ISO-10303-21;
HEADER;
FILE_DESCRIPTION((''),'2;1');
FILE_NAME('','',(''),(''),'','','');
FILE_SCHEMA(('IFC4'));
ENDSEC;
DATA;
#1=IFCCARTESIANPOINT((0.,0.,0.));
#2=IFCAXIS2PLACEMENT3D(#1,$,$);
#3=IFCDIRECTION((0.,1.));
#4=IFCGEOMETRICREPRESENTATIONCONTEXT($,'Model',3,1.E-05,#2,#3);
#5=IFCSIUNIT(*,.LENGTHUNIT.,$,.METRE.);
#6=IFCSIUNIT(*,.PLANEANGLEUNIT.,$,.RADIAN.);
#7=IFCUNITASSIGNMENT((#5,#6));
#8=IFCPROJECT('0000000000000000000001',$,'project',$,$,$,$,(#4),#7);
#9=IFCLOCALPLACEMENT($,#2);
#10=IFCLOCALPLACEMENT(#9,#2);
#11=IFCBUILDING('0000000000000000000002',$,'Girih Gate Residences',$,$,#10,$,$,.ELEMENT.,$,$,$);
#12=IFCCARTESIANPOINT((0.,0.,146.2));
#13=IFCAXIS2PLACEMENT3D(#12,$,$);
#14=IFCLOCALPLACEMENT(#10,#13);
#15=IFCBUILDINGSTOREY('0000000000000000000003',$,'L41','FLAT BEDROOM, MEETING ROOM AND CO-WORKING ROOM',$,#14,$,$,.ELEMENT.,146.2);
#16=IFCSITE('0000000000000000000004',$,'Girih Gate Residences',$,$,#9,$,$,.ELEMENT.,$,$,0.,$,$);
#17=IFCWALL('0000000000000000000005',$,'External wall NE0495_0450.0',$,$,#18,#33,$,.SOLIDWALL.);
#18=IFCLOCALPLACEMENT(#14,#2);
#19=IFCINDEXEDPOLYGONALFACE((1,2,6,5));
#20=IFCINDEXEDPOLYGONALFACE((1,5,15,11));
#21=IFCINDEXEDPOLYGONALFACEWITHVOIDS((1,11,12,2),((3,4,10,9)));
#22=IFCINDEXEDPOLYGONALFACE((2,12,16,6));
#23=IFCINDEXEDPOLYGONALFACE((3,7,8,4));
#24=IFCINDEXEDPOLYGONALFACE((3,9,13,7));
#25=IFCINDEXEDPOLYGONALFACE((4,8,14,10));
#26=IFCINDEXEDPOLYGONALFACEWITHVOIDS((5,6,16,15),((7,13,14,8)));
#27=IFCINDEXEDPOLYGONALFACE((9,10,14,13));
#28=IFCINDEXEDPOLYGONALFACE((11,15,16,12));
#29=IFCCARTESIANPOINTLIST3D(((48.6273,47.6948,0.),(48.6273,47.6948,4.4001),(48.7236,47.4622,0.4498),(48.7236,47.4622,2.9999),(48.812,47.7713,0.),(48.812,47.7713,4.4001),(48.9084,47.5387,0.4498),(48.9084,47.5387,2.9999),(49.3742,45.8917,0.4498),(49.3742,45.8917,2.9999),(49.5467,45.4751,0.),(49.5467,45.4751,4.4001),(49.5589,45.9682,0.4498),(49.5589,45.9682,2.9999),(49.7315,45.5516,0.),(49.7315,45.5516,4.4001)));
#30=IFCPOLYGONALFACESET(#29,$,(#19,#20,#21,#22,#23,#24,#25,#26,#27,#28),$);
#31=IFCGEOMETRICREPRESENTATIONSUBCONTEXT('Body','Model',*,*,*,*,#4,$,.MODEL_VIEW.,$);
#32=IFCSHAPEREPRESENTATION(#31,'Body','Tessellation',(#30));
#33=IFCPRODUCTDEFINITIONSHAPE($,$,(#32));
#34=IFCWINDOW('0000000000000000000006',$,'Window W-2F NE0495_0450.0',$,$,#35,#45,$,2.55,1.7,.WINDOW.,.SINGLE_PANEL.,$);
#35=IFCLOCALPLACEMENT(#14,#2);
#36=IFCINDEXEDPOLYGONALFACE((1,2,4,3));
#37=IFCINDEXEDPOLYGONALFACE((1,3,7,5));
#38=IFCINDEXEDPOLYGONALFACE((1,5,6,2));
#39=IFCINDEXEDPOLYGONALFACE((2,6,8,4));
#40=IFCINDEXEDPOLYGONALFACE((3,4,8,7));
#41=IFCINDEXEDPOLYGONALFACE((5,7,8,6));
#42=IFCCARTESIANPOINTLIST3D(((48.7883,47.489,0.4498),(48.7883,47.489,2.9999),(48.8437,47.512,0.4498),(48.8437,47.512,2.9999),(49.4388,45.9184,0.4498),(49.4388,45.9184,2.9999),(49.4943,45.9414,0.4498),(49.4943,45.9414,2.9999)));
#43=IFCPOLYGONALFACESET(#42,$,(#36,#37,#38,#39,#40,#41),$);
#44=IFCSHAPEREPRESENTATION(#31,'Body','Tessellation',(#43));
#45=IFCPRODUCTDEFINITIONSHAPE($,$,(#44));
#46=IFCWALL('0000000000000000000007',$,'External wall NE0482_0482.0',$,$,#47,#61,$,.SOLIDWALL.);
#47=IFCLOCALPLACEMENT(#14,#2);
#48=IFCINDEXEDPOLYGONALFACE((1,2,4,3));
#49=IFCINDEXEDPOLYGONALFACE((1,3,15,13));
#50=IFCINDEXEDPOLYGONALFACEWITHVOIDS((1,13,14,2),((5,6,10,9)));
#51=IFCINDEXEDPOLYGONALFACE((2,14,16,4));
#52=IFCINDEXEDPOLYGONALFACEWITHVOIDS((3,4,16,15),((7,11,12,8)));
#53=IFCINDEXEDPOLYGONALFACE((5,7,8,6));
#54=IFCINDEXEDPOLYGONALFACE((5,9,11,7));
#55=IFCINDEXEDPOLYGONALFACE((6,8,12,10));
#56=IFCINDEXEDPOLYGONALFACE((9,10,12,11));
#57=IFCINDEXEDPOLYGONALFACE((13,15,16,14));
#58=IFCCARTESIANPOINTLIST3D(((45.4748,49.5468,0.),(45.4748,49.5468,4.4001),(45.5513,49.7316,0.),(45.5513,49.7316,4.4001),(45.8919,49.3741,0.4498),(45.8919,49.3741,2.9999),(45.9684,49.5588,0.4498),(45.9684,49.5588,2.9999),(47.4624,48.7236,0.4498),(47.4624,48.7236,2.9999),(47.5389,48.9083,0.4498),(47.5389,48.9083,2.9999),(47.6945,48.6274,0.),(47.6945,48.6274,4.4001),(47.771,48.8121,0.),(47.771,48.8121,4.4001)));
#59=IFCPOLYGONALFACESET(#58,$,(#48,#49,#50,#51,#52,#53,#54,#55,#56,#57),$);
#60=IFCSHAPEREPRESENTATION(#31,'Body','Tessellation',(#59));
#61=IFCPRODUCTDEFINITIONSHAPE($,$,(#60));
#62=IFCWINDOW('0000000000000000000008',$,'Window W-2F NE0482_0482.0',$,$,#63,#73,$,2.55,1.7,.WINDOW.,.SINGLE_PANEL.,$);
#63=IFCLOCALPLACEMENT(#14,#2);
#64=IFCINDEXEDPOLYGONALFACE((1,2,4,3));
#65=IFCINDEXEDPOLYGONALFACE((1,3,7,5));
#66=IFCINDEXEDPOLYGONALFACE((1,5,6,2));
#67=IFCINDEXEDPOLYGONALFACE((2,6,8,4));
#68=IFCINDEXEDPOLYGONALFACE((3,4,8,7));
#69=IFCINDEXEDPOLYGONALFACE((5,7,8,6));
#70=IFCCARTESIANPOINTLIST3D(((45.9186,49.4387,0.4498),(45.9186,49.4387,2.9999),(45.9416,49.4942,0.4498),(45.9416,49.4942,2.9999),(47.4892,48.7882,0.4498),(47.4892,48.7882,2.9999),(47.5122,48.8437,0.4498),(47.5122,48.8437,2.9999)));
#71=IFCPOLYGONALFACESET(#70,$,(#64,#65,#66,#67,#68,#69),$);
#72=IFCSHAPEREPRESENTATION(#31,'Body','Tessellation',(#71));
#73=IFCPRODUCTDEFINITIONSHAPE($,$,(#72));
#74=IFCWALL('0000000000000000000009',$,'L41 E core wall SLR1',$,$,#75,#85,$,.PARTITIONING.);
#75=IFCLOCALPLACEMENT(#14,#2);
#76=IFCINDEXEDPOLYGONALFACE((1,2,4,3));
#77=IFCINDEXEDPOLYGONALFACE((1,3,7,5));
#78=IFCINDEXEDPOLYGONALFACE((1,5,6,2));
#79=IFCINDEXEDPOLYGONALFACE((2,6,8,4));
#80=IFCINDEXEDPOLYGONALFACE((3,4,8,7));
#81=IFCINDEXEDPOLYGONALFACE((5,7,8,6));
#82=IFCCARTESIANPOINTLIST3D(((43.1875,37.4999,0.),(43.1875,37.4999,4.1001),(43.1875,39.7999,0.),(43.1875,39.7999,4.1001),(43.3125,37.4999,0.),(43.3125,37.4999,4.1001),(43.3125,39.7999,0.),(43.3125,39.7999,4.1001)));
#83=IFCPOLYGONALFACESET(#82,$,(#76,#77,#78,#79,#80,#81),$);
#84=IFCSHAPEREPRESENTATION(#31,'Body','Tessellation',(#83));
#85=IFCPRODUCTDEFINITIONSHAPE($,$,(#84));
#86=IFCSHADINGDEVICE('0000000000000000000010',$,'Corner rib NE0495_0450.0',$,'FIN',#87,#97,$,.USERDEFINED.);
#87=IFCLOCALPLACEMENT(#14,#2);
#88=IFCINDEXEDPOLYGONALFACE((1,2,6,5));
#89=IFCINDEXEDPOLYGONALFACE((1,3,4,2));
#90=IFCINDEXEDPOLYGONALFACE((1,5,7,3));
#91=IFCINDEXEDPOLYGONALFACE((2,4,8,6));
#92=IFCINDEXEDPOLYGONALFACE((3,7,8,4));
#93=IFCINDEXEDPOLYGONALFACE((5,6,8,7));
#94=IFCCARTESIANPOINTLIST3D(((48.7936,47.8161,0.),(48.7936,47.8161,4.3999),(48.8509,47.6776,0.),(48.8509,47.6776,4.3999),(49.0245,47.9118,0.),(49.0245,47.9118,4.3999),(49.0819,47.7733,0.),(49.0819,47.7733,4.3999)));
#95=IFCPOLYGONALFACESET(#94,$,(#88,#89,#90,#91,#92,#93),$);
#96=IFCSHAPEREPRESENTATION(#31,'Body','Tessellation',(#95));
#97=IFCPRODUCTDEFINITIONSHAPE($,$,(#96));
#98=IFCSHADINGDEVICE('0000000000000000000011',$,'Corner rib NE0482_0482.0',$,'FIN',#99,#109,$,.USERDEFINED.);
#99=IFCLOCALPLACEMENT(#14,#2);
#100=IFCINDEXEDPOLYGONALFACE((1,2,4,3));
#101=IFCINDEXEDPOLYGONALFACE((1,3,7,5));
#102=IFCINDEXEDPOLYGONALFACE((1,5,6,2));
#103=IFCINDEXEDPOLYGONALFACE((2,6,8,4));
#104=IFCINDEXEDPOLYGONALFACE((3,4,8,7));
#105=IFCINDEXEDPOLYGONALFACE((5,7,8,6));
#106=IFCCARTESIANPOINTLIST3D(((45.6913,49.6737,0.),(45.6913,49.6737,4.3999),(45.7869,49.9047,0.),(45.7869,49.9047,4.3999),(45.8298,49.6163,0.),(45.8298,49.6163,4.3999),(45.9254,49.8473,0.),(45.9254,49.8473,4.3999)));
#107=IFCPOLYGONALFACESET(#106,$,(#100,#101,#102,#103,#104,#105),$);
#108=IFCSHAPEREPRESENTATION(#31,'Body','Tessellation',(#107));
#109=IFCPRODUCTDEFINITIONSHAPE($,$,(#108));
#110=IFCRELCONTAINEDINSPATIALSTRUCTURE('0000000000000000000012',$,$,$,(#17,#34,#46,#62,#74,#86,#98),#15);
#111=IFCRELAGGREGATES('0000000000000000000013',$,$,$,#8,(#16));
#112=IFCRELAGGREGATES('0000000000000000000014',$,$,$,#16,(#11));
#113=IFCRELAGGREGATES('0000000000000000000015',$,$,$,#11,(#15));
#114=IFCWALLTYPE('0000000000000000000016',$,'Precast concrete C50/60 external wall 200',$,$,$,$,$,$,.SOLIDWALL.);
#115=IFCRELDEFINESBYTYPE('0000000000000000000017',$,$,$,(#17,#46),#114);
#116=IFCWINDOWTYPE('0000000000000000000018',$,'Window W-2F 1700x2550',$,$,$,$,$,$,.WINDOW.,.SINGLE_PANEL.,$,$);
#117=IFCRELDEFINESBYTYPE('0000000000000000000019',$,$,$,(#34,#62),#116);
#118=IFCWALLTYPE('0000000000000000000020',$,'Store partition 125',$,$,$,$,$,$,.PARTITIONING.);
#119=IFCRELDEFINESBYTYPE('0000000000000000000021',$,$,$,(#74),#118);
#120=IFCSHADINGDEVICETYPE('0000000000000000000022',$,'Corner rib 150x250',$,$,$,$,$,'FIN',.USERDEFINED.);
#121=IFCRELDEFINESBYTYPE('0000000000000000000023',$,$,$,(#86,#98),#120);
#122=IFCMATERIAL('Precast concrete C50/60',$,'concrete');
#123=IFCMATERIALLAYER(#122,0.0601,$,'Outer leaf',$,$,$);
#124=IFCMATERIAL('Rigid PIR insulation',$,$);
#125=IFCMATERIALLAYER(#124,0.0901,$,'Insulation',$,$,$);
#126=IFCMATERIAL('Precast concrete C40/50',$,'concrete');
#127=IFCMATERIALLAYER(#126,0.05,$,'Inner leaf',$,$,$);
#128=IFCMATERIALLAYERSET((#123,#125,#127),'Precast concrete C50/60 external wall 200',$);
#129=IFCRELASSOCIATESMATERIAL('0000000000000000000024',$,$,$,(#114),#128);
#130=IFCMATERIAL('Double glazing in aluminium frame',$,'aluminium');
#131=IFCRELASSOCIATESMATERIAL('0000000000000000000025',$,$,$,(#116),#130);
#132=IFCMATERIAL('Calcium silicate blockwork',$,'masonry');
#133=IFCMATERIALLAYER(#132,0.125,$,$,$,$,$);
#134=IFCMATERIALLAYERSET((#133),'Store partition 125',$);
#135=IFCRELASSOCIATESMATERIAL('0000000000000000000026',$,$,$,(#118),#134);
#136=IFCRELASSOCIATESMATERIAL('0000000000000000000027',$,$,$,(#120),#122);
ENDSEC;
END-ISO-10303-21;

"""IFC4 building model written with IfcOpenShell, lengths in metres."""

from ifc_helpers import new_model, si_unit, direction, frame, frame_2d, origin, origin_2d, place, context, subcontext, project, spatial, rectangle, extrude, material, layer, layer_set, type_object, element, fill, save


model = new_model("IFC4")

# Units and contexts
model_context = context("Model", 3, precision=1e-05, world=origin(), true_north=direction((0.0, 1.0)))
body_context = subcontext(model_context, "Body", "Model", "MODEL_VIEW")
ifc_project = project(units=[si_unit("LENGTHUNIT", "METRE"), si_unit("PLANEANGLEUNIT", "RADIAN")], contexts=[model_context])

# Site, building, storey
site_placement = place(None, origin())
site = spatial("IfcSite", under=ifc_project, at=site_placement, Name="Girih Gate Residences", CompositionType="ELEMENT", RefElevation=0.0)
building_placement = place(site_placement, origin())
building = spatial("IfcBuilding", under=site, at=building_placement, Name="Girih Gate Residences", CompositionType="ELEMENT")
storey_placement = place(building_placement, frame((0.0, 0.0, 146.2)))
storey = spatial("IfcBuildingStorey", under=building, at=storey_placement, Name="L41", Description="FLAT BEDROOM, MEETING ROOM AND CO-WORKING ROOM", CompositionType="ELEMENT", Elevation=146.2)

# Walls, openings, windows
ifc_material_1 = material(Name="Precast concrete C50/60", Category="concrete")
ifc_layer_1 = layer(ifc_material_1, 0.0601, Name="Outer leaf")
ifc_material_2 = material(Name="Rigid PIR insulation")
ifc_layer_2 = layer(ifc_material_2, 0.0901, Name="Insulation")
ifc_material_3 = material(Name="Precast concrete C40/50", Category="concrete")
ifc_layer_3 = layer(ifc_material_3, 0.05, Name="Inner leaf")
ifc_layer_set_1 = layer_set([ifc_layer_1, ifc_layer_2, ifc_layer_3], Name="Precast concrete C50/60 external wall 200")
wall_type_1 = type_object("IfcWallType", Name="Precast concrete C50/60 external wall 200", PredefinedType="SOLIDWALL", material=ifc_layer_set_1)
ifc_material_4 = material(Name="Double glazing in aluminium frame", Category="aluminium")
wall_1_placement = place(storey_placement, frame((48.7197, 47.7329, 0.0), z_axis=(0.0, 0.0, 1.0), x_axis=(0.382681, -0.923881, 0.0)))
wall_1 = element("IfcWall", 1, at=wall_1_placement, inside=storey, type_object=wall_type_1, Name="External wall NE0495_0450.0", PredefinedType="SOLIDWALL", context=body_context, shape_type="SweptSolid", body=[
    extrude(rectangle(XDim=2.4026, YDim=0.2, at=frame_2d((1.2012, 0.0))), origin(), (0.0, 0.0, 1.0), 4.4001),
])
opening_1_placement = place(wall_1_placement, frame((0.2515, 0.0, 0.45)))
opening_1 = element("IfcOpeningElement", 2, at=opening_1_placement, cuts=wall_1, PredefinedType="OPENING", context=body_context, shape_type="SweptSolid", body=[
    extrude(rectangle(XDim=1.7, YDim=2.55, at=frame_2d((0.8501, 1.2749))), frame((0.0, 0.1099, 0.0), z_axis=(0.0, -1.0, 0.0), x_axis=(1.0, 0.0, 0.0)), (0.0, 0.0, 1.0), 0.22),
])
window_type_1 = type_object("IfcWindowType", Name="Window W-2F 1700x2550", PartitioningType="SINGLE_PANEL", PredefinedType="WINDOW", material=ifc_material_4)
window_1_placement = place(opening_1_placement, origin())
window_1 = element("IfcWindow", 3, at=window_1_placement, inside=storey, type_object=window_type_1, Name="Window W-2F NE0495_0450.0", OverallHeight=2.55, OverallWidth=1.7, PartitioningType="SINGLE_PANEL", PredefinedType="WINDOW", context=body_context, shape_type="SweptSolid", body=[
    extrude(rectangle(XDim=1.7, YDim=2.55, at=frame_2d((0.8501, 1.2749))), frame((0.0, 0.03, 0.0), z_axis=(0.0, -1.0, 0.0), x_axis=(1.0, 0.0, 0.0)), (0.0, 0.0, 1.0), 0.0601),
])
fill(opening_1, window_1)
wall_2_placement = place(storey_placement, frame((45.5132, 49.6392, 0.0), z_axis=(0.0, 0.0, 1.0), x_axis=(0.923881, -0.382681, 0.0)))
wall_2 = element("IfcWall", 4, at=wall_2_placement, inside=storey, type_object=wall_type_1, Name="External wall NE0482_0482.0", PredefinedType="SOLIDWALL", context=body_context, shape_type="SweptSolid", body=[
    extrude(rectangle(XDim=2.4026, YDim=0.2, at=frame_2d((1.2012, 0.0))), origin(), (0.0, 0.0, 1.0), 4.4001),
])
opening_2_placement = place(wall_2_placement, frame((0.4512, 0.0, 0.45)))
opening_2 = element("IfcOpeningElement", 5, at=opening_2_placement, cuts=wall_2, PredefinedType="OPENING", context=body_context, shape_type="SweptSolid", body=[
    extrude(rectangle(XDim=1.7, YDim=2.55, at=frame_2d((0.8501, 1.2749))), frame((0.0, 0.1099, 0.0), z_axis=(0.0, -1.0, 0.0), x_axis=(1.0, 0.0, 0.0)), (0.0, 0.0, 1.0), 0.22),
])
window_2_placement = place(opening_2_placement, origin())
window_2 = element("IfcWindow", 6, at=window_2_placement, inside=storey, type_object=window_type_1, Name="Window W-2F NE0482_0482.0", OverallHeight=2.55, OverallWidth=1.7, PartitioningType="SINGLE_PANEL", PredefinedType="WINDOW", context=body_context, shape_type="SweptSolid", body=[
    extrude(rectangle(XDim=1.7, YDim=2.55, at=frame_2d((0.8501, 1.2749))), frame((0.0, 0.03, 0.0), z_axis=(0.0, -1.0, 0.0), x_axis=(1.0, 0.0, 0.0)), (0.0, 0.0, 1.0), 0.0601),
])
fill(opening_2, window_2)

# Wall
ifc_material_5 = material(Name="Calcium silicate blockwork", Category="masonry")
ifc_layer_4 = layer(ifc_material_5, 0.125)
ifc_layer_set_2 = layer_set([ifc_layer_4], Name="Store partition 125")
wall_type_2 = type_object("IfcWallType", Name="Store partition 125", PredefinedType="PARTITIONING", material=ifc_layer_set_2)
wall_3_placement = place(storey_placement, frame((43.25, 37.5, 0.0), z_axis=(0.0, 0.0, 1.0), x_axis=(0.0, 1.0, 0.0)))
element("IfcWall", 7, at=wall_3_placement, inside=storey, type_object=wall_type_2, Name="L41 E core wall SLR1", PredefinedType="PARTITIONING", context=body_context, shape_type="SweptSolid", body=[
    extrude(rectangle(XDim=2.3, YDim=0.125, at=frame_2d((1.1499, 0.0))), origin(), (0.0, 0.0, 1.0), 4.1001),
])

# Shading devices
shading_device_type = type_object("IfcShadingDeviceType", Name="Corner rib 150x250", ElementType="FIN", PredefinedType="USERDEFINED", material=ifc_material_1)
for number, where, z_axis, x_axis, name in (
    (8, (48.9377, 47.7947, 0.0), (0.0, 0.0, 1.0), (-0.382683, 0.92388, 0.0), "Corner rib NE0495_0450.0"),
    (9, (45.8083, 49.7605, 0.0), (0.0, 0.0, 1.0), (-0.92388, 0.382683, 0.0), "Corner rib NE0482_0482.0"),
):
    element("IfcShadingDevice", number, at=place(storey_placement, frame(where, z_axis=z_axis, x_axis=x_axis)), inside=storey, type_object=shading_device_type, Name=name, ObjectType="FIN", PredefinedType="USERDEFINED", context=body_context, shape_type="SweptSolid", body=[
        extrude(rectangle(XDim=0.1499, YDim=0.25, at=origin_2d()), origin(), (0.0, 0.0, 1.0), 4.3999),
    ])

save(model, "model.ifc")
